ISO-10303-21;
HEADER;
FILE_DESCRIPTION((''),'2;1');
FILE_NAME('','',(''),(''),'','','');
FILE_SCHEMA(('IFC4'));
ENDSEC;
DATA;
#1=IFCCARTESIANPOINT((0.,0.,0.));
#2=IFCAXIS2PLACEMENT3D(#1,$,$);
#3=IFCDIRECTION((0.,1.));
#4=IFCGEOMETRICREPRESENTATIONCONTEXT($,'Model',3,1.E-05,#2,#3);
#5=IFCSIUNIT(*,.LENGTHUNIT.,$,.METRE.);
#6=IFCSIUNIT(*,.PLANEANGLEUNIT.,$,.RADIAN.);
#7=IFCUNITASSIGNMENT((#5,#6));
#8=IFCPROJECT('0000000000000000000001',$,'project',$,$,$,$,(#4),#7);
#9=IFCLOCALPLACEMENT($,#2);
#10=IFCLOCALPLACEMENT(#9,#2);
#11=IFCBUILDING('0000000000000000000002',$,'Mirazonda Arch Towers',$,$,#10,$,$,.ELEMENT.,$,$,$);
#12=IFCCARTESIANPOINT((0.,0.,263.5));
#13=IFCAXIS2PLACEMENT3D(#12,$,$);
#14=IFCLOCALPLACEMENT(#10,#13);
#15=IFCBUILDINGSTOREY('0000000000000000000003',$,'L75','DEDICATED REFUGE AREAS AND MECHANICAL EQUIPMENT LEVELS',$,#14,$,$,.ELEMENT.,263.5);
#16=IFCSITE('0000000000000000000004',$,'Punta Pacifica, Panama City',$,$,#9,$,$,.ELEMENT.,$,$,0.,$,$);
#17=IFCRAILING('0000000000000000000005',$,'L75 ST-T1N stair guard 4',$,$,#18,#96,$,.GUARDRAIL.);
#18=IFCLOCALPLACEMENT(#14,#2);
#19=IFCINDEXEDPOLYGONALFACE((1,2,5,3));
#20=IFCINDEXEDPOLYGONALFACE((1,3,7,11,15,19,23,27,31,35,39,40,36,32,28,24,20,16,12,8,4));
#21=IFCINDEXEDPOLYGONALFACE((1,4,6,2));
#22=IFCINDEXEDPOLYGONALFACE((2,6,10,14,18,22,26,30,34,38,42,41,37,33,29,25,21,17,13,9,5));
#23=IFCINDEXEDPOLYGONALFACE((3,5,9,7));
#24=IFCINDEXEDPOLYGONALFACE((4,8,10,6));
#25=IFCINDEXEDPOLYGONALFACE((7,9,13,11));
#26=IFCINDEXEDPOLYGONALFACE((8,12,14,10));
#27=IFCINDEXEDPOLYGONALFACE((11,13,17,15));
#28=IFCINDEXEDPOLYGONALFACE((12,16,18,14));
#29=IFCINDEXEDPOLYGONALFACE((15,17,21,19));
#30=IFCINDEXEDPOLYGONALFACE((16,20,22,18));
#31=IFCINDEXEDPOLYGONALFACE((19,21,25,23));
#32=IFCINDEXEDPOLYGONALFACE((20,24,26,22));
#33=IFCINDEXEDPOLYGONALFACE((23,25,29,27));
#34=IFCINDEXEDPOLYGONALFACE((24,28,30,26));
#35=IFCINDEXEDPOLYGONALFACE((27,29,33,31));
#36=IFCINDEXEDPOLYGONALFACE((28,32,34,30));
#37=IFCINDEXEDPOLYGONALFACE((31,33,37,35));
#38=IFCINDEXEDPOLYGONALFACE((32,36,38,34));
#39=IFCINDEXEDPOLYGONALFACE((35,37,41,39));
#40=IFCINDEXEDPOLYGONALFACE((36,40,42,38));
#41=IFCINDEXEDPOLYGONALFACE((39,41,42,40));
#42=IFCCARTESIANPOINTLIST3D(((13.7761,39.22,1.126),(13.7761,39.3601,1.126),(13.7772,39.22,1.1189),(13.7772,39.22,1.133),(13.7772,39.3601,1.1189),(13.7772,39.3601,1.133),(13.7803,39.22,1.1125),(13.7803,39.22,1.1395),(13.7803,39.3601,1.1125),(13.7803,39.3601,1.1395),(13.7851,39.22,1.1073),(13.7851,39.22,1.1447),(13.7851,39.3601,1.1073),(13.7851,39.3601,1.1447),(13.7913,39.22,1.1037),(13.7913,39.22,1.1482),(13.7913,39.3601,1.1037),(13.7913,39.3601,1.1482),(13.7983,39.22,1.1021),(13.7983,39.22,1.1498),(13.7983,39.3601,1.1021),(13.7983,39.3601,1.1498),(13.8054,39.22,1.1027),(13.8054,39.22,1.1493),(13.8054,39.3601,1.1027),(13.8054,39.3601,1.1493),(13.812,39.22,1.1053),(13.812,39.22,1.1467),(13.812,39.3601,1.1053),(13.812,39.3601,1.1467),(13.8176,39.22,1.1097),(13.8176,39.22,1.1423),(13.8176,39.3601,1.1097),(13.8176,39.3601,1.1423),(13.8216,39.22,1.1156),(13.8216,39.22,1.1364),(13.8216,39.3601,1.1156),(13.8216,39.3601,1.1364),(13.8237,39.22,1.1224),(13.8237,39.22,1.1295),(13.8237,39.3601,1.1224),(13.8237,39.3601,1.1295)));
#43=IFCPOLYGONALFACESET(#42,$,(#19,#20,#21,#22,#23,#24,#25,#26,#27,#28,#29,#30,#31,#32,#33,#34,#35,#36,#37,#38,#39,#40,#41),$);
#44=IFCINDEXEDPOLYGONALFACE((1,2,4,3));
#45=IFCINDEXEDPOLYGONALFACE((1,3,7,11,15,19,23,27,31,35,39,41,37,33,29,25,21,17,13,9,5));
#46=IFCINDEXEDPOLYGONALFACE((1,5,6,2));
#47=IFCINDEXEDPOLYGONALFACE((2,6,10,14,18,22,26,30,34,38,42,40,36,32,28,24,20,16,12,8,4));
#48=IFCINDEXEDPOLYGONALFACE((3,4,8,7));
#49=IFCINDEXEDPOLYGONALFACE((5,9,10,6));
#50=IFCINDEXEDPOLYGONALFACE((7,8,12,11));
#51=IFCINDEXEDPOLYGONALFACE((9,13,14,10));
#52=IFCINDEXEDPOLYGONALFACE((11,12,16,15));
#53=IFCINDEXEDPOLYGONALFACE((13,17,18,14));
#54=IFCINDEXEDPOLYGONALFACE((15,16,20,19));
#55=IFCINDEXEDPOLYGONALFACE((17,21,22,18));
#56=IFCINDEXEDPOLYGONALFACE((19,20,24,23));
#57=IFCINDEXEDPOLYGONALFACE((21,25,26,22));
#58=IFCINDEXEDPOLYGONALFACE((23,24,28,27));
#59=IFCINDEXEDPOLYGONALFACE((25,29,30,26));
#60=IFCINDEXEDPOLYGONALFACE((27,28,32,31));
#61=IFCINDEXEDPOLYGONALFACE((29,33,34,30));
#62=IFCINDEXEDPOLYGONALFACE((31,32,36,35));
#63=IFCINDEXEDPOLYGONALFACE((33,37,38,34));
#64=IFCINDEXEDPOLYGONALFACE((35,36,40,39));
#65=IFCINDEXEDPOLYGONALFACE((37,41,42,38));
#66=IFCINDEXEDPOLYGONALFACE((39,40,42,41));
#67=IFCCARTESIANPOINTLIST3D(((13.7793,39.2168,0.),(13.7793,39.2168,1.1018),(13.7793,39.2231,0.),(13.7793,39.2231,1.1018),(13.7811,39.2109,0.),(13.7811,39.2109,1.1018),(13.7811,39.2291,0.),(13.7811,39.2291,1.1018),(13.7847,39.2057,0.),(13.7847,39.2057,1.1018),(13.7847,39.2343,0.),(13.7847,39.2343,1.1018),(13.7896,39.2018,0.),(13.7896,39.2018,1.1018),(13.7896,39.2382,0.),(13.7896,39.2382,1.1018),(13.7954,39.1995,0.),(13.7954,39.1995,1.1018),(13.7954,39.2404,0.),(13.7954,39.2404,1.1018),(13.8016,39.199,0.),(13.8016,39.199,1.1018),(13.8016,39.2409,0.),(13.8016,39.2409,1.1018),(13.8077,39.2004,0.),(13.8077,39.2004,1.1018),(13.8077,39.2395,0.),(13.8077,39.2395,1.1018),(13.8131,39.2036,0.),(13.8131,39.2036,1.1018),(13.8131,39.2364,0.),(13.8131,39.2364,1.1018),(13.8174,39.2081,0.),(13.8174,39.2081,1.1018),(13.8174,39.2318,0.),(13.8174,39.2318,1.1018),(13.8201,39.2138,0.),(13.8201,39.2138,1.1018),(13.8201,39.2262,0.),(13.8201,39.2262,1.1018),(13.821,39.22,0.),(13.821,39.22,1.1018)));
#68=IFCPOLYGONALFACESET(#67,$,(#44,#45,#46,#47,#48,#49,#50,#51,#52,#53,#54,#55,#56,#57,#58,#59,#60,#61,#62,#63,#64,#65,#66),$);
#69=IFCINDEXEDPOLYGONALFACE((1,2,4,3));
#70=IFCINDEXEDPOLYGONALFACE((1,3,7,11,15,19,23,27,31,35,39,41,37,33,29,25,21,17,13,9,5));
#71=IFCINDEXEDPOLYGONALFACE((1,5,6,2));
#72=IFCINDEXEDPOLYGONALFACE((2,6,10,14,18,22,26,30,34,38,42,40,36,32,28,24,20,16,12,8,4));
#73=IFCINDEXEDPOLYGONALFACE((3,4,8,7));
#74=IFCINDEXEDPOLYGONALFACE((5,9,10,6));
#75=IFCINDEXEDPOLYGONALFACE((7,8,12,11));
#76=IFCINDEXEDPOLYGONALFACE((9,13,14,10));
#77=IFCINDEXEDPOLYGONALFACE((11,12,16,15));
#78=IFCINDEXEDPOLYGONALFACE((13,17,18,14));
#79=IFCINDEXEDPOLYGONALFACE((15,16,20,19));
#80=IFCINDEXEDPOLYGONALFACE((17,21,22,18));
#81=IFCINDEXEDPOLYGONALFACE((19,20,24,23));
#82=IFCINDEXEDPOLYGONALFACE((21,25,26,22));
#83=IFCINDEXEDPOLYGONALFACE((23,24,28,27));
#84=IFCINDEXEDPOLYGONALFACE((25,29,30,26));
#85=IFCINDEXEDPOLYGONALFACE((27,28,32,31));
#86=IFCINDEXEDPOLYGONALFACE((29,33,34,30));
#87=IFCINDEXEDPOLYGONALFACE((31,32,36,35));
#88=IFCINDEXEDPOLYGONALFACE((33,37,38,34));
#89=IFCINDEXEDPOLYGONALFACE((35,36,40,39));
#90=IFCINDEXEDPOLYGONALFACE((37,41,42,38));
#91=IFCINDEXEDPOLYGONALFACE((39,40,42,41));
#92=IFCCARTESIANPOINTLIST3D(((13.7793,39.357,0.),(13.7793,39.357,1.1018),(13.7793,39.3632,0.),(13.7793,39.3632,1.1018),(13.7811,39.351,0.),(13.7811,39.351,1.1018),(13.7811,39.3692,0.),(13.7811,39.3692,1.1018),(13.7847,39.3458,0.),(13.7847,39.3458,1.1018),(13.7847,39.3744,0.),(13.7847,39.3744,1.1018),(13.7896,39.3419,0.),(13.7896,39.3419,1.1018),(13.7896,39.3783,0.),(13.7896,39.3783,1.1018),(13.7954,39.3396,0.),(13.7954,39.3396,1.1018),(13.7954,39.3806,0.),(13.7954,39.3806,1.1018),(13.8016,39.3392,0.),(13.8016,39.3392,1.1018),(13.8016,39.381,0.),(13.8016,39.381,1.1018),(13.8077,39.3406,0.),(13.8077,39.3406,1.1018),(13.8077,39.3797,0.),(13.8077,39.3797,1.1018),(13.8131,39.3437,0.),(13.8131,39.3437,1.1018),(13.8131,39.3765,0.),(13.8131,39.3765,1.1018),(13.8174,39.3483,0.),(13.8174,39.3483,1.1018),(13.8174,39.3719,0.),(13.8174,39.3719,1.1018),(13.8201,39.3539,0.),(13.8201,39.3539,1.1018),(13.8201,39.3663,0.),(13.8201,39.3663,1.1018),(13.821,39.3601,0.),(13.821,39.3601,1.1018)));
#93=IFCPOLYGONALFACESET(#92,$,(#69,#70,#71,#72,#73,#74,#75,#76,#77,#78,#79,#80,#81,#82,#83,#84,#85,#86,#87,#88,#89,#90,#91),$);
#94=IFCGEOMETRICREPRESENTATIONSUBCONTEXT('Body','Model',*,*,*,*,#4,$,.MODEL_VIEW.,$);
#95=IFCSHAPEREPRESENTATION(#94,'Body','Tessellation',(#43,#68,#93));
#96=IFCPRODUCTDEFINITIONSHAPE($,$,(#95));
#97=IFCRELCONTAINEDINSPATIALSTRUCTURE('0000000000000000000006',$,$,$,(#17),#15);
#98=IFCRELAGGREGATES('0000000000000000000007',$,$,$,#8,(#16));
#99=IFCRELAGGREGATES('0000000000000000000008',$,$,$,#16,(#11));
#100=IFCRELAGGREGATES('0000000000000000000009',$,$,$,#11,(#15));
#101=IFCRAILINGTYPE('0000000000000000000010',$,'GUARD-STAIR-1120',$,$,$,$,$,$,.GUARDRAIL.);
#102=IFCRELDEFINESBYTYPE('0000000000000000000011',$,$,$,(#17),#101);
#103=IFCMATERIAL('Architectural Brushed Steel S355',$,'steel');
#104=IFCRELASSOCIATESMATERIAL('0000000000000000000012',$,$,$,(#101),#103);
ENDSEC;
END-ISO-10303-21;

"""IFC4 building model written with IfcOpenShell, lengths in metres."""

from ifc_helpers import new_model, si_unit, direction, frame, origin, origin_2d, place, context, subcontext, project, spatial, circle, extrude, material, type_object, element, save


model = new_model("IFC4")

# Units and contexts
model_context = context("Model", 3, precision=1e-05, world=origin(), true_north=direction((0.0, 1.0)))
body_context = subcontext(model_context, "Body", "Model", "MODEL_VIEW")
ifc_project = project(units=[si_unit("LENGTHUNIT", "METRE"), si_unit("PLANEANGLEUNIT", "RADIAN")], contexts=[model_context])

# Site, building, storey
site_placement = place(None, origin())
site = spatial("IfcSite", under=ifc_project, at=site_placement, Name="Punta Pacifica, Panama City", CompositionType="ELEMENT", RefElevation=0.0)
building_placement = place(site_placement, origin())
building = spatial("IfcBuilding", under=site, at=building_placement, Name="Mirazonda Arch Towers", CompositionType="ELEMENT")
storey_placement = place(building_placement, frame((0.0, 0.0, 263.5)))
storey = spatial("IfcBuildingStorey", under=building, at=storey_placement, Name="L75", Description="DEDICATED REFUGE AREAS AND MECHANICAL EQUIPMENT LEVELS", CompositionType="ELEMENT", Elevation=263.5)

# Shared definitions
ifc_material_1 = material(Name="Architectural Brushed Steel S355", Category="steel")

# Railing
railing_type_1 = type_object("IfcRailingType", Name="GUARD-STAIR-1120", PredefinedType="GUARDRAIL", material=ifc_material_1)
railing_1_placement = place(storey_placement, frame((13.8, 39.22, 0.0)))
element("IfcRailing", 1, at=railing_1_placement, inside=storey, type_object=railing_type_1, Name="L75 ST-T1N stair guard 4", PredefinedType="GUARDRAIL", context=body_context, shape_type="SweptSolid", body=[
    extrude(circle(Radius=0.0239, at=origin_2d()), frame((0.0, 0.0, 1.126), z_axis=(0.0, 1.0, 0.0), x_axis=(-1.0, 0.0, 0.0)), (0.0, 0.0, 1.0), 0.1401),
    extrude(circle(Radius=0.021, at=origin_2d()), origin(), (0.0, 0.0, 1.0), 1.1018),
    extrude(circle(Radius=0.021, at=origin_2d()), frame((0.0, 0.1401, 0.0)), (0.0, 0.0, 1.0), 1.1018),
])

save(model, "model.ifc")
